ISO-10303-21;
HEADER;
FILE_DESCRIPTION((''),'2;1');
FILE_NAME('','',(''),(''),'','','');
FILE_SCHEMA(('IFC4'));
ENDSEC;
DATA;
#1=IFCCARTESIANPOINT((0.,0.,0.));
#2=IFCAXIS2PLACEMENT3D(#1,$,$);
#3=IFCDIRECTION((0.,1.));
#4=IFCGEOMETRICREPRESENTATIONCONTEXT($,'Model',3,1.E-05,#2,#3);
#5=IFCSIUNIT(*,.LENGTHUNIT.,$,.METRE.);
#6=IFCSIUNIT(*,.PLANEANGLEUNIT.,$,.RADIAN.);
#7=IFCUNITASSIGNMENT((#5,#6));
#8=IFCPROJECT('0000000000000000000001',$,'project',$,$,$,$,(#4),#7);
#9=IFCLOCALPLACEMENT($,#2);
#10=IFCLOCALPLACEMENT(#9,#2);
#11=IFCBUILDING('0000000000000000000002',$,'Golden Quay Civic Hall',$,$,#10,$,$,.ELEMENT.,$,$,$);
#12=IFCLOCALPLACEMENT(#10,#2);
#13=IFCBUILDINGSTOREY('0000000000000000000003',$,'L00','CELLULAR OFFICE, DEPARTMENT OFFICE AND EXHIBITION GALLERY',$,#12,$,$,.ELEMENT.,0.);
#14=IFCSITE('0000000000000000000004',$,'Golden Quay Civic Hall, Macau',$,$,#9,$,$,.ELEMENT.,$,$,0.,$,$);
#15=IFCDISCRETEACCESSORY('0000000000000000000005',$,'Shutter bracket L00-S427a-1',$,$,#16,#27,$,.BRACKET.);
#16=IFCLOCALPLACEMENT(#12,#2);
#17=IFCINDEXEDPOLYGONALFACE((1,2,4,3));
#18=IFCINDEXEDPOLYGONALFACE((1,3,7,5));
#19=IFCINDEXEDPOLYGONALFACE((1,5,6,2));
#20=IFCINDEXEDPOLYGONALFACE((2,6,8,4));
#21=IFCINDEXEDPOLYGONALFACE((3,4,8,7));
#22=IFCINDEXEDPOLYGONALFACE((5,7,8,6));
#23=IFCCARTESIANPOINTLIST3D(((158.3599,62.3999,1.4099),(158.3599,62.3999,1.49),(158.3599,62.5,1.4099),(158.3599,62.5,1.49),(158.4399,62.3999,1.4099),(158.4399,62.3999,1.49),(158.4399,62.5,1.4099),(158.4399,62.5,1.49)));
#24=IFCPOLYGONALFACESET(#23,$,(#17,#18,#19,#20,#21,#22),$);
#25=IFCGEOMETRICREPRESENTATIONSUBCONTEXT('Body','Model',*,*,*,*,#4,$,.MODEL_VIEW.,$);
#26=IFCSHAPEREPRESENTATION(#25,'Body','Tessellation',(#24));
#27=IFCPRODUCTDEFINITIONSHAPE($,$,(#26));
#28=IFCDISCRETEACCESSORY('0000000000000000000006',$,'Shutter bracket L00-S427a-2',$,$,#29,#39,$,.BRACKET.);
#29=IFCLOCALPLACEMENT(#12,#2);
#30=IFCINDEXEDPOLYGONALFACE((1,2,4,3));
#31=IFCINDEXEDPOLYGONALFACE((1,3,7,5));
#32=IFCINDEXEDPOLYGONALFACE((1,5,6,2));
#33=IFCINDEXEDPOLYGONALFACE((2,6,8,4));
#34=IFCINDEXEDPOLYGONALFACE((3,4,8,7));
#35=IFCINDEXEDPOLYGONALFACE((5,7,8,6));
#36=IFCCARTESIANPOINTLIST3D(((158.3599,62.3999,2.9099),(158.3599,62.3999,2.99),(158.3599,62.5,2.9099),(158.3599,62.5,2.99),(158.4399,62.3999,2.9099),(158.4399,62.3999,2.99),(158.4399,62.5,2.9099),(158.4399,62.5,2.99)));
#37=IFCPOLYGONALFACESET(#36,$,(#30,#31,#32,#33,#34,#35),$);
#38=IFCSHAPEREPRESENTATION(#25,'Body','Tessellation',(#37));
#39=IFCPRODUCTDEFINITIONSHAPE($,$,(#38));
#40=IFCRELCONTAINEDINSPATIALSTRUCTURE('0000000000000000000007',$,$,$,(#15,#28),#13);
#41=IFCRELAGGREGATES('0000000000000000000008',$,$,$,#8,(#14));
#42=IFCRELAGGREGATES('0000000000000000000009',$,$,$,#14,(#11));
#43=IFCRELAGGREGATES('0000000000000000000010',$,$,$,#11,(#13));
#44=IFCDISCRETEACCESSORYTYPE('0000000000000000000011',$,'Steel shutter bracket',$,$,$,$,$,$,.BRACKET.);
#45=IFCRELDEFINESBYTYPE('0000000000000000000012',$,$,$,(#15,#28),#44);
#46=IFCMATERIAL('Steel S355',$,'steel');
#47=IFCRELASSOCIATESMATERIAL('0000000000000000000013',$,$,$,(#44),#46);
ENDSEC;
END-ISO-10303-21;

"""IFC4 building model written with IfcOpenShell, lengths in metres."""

from ifc_helpers import new_model, si_unit, direction, frame, origin, origin_2d, place, context, subcontext, project, spatial, rectangle, extrude, material, type_object, element, save


model = new_model("IFC4")

# Units and contexts
model_context = context("Model", 3, precision=1e-05, world=origin(), true_north=direction((0.0, 1.0)))
body_context = subcontext(model_context, "Body", "Model", "MODEL_VIEW")
ifc_project = project(units=[si_unit("LENGTHUNIT", "METRE"), si_unit("PLANEANGLEUNIT", "RADIAN")], contexts=[model_context])

# Site, building, storey
site_placement = place(None, origin())
site = spatial("IfcSite", under=ifc_project, at=site_placement, Name="Golden Quay Civic Hall, Macau", CompositionType="ELEMENT", RefElevation=0.0)
building_placement = place(site_placement, origin())
building = spatial("IfcBuilding", under=site, at=building_placement, Name="Golden Quay Civic Hall", CompositionType="ELEMENT")
storey_placement = place(building_placement, origin())
storey = spatial("IfcBuildingStorey", under=building, at=storey_placement, Name="L00", Description="CELLULAR OFFICE, DEPARTMENT OFFICE AND EXHIBITION GALLERY", CompositionType="ELEMENT", Elevation=0.0)

# Discrete accessories
ifc_material_1 = material(Name="Steel S355", Category="steel")
discrete_accessory_type = type_object("IfcDiscreteAccessoryType", Name="Steel shutter bracket", PredefinedType="BRACKET", material=ifc_material_1)
for number, where, z_axis, x_axis, name in (
    (1, (158.3999, 62.45, 1.4099), (0.0, 0.0, 1.0), (1.0, 0.0, 0.0), "Shutter bracket L00-S427a-1"),
    (2, (158.3999, 62.45, 2.9099), (0.0, 0.0, 1.0), (1.0, 0.0, 0.0), "Shutter bracket L00-S427a-2"),
):
    element("IfcDiscreteAccessory", number, at=place(storey_placement, frame(where, z_axis=z_axis, x_axis=x_axis)), inside=storey, type_object=discrete_accessory_type, Name=name, PredefinedType="BRACKET", context=body_context, shape_type="SweptSolid", body=[
        extrude(rectangle(XDim=0.0801, YDim=0.1001, at=origin_2d()), origin(), (0.0, 0.0, 1.0), 0.0801),
    ])

save(model, "model.ifc")
